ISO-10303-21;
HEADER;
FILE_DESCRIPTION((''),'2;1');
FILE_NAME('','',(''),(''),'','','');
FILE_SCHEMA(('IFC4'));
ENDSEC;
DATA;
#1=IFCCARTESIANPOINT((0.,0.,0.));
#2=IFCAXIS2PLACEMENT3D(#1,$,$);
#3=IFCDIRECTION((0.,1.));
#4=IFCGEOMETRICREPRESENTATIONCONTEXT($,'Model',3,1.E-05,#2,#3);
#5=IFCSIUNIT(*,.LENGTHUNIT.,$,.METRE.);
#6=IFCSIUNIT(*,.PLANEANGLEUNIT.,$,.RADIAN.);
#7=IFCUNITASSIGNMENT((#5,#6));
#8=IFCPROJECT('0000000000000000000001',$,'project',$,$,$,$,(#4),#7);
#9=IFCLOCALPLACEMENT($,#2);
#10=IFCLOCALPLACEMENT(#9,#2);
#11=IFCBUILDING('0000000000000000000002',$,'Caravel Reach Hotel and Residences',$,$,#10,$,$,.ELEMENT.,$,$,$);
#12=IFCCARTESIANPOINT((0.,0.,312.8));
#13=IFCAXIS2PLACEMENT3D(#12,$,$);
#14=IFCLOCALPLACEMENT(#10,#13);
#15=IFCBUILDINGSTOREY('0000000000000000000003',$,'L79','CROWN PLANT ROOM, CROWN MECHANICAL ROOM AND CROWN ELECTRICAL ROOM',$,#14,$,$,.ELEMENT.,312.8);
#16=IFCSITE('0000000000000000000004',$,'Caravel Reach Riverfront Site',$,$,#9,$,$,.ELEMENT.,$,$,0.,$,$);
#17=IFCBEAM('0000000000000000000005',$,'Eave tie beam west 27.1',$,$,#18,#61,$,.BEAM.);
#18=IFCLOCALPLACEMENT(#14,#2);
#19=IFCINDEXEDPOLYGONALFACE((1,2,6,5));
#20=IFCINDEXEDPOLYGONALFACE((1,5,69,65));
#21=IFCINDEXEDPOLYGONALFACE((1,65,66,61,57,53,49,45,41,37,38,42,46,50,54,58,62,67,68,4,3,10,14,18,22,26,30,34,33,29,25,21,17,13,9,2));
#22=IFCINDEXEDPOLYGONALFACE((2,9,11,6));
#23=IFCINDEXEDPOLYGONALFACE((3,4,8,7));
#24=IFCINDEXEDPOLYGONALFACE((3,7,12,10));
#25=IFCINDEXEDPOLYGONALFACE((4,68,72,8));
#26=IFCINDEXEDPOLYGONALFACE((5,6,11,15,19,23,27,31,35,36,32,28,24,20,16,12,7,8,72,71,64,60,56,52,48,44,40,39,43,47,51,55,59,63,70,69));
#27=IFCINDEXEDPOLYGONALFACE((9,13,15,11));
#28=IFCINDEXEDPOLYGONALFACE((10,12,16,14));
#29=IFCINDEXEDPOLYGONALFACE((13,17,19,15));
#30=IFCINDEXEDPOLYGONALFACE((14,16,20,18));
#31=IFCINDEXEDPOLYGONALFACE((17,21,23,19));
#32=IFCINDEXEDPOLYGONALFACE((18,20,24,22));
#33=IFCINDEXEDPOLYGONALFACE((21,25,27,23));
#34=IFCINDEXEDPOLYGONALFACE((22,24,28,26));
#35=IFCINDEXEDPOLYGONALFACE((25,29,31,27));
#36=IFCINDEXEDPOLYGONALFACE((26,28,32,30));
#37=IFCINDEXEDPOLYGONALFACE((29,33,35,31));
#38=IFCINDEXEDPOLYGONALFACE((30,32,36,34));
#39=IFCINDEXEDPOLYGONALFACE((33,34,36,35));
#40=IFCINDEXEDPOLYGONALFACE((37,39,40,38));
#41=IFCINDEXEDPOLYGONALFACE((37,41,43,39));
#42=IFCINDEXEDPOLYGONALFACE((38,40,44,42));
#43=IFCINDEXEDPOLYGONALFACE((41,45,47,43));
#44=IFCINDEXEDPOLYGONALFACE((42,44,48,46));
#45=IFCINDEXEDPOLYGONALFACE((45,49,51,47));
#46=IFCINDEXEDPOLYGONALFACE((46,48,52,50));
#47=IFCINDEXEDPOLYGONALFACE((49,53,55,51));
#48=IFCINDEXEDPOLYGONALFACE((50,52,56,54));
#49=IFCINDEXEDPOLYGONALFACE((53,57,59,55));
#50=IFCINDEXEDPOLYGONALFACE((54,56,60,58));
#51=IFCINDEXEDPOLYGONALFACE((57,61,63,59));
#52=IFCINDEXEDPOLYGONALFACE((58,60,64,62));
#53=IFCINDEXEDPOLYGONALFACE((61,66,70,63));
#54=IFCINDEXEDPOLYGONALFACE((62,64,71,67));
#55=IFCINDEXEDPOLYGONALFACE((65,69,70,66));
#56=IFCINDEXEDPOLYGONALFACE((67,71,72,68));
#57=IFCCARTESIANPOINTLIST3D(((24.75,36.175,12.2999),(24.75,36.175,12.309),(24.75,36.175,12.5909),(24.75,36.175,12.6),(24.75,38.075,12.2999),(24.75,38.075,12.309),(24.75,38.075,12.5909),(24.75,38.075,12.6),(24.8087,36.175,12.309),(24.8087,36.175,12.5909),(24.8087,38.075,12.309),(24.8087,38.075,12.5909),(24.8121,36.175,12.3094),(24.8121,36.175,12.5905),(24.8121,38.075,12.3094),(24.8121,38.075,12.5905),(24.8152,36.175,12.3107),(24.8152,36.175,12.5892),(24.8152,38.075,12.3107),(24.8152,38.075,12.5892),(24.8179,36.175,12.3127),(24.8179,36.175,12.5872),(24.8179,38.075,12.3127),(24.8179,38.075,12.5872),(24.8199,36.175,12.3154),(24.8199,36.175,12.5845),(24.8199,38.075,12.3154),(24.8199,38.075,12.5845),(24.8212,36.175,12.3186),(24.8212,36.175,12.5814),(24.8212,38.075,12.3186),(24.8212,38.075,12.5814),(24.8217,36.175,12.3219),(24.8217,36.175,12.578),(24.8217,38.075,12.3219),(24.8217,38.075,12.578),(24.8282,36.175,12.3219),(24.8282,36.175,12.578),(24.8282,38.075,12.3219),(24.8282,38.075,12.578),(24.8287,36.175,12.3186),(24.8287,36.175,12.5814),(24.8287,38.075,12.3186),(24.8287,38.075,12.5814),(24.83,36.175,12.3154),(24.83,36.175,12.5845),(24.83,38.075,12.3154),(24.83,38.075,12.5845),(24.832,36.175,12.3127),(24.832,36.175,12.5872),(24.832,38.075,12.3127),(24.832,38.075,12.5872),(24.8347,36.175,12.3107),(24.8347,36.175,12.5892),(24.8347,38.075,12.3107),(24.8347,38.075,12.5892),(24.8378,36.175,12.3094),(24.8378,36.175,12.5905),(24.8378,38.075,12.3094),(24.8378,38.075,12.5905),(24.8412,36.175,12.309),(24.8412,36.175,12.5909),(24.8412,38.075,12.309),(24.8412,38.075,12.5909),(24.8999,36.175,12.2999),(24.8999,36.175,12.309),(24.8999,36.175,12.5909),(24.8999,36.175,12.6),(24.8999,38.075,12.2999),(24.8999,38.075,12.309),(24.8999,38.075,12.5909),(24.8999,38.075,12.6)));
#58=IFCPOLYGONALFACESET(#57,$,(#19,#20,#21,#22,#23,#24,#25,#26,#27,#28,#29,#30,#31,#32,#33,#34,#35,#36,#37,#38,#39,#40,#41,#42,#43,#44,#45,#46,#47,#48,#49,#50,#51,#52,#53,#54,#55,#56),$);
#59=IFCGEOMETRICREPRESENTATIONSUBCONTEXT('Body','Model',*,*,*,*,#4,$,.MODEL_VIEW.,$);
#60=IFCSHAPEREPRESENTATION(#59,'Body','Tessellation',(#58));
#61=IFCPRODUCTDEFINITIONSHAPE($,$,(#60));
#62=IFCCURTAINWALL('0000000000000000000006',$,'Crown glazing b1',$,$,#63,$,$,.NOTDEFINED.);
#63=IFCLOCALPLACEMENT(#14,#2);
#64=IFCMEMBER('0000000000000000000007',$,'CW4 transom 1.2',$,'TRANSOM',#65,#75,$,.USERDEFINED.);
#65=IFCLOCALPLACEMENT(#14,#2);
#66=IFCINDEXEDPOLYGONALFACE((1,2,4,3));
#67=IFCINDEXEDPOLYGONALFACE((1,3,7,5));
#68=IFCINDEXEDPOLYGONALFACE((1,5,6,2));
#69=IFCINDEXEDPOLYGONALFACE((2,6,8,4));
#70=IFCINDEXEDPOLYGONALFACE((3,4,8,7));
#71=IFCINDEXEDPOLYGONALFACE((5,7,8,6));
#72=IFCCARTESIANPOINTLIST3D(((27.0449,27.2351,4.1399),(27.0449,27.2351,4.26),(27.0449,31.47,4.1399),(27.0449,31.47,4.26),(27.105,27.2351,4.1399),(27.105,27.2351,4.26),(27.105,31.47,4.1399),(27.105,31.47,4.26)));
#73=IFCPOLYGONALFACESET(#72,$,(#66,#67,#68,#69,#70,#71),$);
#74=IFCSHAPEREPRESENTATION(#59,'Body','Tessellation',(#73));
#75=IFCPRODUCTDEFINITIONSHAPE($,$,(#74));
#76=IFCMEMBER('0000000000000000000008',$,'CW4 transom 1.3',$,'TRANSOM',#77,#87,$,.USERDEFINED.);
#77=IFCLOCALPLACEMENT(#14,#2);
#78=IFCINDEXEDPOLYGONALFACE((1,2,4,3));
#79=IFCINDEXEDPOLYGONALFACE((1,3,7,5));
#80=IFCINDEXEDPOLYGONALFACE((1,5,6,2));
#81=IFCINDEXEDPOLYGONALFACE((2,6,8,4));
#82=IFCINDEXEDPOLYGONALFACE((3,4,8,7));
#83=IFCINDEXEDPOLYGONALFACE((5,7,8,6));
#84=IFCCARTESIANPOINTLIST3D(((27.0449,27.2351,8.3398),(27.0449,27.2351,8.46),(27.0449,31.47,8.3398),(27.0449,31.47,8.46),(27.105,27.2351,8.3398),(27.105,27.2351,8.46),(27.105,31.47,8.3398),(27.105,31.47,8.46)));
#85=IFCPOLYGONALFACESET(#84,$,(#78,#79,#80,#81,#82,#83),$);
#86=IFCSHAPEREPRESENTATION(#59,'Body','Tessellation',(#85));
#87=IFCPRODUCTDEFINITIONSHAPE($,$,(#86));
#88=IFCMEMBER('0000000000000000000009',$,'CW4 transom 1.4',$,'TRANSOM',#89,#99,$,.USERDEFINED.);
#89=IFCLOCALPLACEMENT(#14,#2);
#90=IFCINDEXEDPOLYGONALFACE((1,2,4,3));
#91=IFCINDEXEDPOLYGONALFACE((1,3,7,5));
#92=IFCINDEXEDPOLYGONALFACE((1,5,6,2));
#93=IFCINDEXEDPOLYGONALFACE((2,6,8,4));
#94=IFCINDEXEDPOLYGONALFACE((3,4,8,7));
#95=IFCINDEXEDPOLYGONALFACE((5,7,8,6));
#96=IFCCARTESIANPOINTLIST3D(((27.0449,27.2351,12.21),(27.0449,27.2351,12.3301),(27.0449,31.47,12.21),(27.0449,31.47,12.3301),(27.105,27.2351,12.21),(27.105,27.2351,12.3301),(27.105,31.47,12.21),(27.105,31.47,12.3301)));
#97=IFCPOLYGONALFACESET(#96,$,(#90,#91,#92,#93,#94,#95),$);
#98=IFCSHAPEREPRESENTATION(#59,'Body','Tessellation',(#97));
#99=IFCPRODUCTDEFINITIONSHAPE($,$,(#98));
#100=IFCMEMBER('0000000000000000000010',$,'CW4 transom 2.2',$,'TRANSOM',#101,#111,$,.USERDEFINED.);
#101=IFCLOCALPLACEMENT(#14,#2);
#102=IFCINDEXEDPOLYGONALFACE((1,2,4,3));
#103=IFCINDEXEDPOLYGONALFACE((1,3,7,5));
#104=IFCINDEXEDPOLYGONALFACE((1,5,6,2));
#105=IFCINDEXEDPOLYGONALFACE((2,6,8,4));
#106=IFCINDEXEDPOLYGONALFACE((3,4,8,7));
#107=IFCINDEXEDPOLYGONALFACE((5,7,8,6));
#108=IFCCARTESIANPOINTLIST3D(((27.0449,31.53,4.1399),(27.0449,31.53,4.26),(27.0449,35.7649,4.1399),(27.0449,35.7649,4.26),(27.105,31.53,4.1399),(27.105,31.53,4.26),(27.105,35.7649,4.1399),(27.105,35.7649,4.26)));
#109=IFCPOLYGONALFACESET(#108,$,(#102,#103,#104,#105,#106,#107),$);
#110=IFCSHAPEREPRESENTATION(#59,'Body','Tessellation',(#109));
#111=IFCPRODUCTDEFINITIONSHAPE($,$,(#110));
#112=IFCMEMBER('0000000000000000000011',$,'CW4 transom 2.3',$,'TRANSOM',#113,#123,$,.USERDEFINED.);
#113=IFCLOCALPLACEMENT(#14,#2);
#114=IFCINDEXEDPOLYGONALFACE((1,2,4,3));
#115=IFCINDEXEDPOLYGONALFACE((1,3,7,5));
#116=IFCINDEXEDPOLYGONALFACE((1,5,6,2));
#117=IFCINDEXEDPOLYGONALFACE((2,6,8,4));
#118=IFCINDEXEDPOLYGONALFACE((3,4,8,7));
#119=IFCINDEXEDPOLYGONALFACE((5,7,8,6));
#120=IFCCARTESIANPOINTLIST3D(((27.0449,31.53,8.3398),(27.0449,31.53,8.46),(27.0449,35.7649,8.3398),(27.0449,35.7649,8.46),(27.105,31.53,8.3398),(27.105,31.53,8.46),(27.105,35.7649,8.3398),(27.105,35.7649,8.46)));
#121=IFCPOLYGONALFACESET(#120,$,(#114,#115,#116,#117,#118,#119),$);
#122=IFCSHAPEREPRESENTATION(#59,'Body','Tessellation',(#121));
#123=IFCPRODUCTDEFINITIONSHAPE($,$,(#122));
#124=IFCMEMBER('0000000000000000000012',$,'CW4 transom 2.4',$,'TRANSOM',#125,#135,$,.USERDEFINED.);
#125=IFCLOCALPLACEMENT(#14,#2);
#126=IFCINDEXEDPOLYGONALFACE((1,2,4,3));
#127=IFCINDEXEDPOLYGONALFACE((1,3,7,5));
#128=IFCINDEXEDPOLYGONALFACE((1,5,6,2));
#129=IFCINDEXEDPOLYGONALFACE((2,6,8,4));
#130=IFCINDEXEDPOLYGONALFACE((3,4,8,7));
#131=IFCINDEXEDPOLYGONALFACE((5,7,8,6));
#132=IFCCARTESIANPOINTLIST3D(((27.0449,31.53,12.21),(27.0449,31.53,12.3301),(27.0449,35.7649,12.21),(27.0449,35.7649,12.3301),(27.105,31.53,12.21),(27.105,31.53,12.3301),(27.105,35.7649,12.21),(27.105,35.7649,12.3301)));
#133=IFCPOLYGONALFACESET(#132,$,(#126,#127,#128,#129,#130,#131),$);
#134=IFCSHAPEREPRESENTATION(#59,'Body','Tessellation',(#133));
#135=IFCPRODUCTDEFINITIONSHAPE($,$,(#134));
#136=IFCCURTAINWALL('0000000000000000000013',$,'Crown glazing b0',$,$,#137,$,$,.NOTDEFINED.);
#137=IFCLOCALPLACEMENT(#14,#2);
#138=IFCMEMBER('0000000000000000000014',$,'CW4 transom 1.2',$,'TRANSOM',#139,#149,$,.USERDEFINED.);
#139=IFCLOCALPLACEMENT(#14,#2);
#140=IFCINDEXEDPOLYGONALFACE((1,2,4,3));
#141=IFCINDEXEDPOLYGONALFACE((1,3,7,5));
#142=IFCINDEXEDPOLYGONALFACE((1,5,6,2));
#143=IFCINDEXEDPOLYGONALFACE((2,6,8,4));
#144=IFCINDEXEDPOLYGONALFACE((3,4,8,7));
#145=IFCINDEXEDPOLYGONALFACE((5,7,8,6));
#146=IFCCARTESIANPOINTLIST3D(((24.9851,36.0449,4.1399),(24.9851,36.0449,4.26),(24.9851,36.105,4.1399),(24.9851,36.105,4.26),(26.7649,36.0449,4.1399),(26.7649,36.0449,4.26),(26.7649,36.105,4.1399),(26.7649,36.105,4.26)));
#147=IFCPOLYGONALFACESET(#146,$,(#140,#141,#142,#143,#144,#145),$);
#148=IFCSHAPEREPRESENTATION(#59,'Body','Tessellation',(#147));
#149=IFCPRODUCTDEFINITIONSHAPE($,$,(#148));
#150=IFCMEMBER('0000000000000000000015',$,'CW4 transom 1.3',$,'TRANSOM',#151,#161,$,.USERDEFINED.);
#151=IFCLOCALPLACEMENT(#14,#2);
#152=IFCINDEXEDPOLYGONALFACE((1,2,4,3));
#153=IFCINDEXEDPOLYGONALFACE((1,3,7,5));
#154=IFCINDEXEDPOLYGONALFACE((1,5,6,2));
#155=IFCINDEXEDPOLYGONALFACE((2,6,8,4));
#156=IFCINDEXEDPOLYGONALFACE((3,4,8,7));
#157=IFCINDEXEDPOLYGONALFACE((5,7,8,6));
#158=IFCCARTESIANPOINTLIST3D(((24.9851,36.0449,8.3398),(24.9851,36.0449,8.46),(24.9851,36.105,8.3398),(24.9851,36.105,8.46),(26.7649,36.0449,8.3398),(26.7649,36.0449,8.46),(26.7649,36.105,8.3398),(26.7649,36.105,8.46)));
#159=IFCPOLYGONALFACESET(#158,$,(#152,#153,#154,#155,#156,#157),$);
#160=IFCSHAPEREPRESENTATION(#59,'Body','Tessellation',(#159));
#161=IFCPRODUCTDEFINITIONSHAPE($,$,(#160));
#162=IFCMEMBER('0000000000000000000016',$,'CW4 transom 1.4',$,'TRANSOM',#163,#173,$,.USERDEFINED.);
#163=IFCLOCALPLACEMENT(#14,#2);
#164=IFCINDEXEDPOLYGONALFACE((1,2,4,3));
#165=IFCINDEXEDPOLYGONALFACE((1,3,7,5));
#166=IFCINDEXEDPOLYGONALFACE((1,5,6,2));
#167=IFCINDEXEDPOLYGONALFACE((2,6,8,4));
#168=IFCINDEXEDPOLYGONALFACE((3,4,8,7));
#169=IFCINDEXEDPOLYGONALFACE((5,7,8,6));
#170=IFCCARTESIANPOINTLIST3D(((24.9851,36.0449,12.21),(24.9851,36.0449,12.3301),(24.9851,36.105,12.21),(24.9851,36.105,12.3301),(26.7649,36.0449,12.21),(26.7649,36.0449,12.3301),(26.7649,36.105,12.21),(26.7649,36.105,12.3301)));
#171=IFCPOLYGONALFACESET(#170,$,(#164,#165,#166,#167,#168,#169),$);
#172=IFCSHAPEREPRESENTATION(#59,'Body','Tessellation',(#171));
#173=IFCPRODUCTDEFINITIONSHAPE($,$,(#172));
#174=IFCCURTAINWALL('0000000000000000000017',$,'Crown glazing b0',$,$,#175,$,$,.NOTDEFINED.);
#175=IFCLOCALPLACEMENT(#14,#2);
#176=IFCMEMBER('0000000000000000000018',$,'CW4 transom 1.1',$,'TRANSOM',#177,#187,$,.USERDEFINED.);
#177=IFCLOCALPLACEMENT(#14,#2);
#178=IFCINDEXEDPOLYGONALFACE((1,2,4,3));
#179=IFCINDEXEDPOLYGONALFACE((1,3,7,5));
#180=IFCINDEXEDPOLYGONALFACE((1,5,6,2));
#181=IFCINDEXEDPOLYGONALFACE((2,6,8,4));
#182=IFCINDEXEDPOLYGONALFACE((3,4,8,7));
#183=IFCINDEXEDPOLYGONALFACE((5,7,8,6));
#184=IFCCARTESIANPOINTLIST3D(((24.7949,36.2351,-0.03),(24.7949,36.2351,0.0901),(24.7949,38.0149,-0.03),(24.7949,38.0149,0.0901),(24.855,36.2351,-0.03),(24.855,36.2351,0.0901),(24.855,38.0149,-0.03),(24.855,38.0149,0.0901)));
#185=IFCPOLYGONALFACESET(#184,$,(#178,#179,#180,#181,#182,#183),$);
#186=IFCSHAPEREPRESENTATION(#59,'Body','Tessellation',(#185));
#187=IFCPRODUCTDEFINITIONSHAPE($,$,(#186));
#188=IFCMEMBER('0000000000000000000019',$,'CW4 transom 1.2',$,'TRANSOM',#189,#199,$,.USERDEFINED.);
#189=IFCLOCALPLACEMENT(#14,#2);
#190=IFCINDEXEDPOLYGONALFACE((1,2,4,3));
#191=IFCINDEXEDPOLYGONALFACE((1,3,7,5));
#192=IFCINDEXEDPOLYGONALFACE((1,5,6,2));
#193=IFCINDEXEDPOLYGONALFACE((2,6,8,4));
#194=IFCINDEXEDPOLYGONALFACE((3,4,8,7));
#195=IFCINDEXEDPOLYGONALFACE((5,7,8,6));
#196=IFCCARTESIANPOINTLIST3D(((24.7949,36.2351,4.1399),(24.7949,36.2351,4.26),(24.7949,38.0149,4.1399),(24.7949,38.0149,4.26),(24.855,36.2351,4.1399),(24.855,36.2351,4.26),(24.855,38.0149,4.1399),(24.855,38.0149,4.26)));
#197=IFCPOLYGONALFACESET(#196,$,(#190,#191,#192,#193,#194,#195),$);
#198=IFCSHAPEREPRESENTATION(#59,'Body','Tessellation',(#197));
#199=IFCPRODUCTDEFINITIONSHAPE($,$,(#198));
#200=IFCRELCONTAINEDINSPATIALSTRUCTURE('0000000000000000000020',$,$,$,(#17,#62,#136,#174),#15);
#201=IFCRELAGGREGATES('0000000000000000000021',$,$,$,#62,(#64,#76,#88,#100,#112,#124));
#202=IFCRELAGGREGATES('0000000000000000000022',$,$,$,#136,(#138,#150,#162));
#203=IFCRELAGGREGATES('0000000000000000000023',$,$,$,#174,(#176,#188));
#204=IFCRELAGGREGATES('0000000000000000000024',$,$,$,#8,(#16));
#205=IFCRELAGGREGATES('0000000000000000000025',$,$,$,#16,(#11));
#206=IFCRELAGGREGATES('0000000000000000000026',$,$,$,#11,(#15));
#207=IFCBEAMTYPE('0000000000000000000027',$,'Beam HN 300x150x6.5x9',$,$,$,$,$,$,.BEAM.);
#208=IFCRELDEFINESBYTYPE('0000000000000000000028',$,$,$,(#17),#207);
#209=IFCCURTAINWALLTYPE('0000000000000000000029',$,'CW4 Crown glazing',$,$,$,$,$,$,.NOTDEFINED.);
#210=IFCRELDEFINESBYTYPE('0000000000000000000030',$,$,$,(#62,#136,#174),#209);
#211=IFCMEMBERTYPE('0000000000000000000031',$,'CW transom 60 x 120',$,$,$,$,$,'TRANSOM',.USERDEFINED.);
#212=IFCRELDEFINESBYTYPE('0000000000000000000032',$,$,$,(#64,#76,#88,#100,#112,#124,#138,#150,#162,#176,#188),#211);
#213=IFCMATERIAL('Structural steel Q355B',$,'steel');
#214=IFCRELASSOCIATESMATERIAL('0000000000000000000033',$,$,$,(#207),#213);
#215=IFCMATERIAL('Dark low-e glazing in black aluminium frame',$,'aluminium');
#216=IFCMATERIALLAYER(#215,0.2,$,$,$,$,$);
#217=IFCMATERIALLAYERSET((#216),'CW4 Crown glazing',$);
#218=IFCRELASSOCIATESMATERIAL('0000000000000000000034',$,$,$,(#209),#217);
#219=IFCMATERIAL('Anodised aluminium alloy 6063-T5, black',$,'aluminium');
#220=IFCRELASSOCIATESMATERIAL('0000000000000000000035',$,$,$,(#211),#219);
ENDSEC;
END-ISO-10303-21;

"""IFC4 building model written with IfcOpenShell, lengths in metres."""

from ifc_helpers import new_model, si_unit, direction, frame, origin, origin_2d, place, context, subcontext, project, spatial, rectangle, i_section, extrude, material, layer, layer_set, material_profile, profile_set, type_object, element, aggregate, save


model = new_model("IFC4")

# Units and contexts
model_context = context("Model", 3, precision=1e-05, world=origin(), true_north=direction((0.0, 1.0)))
body_context = subcontext(model_context, "Body", "Model", "MODEL_VIEW")
ifc_project = project(units=[si_unit("LENGTHUNIT", "METRE"), si_unit("PLANEANGLEUNIT", "RADIAN")], contexts=[model_context])

# Site, building, storey
site_placement = place(None, origin())
site = spatial("IfcSite", under=ifc_project, at=site_placement, Name="Caravel Reach Riverfront Site", CompositionType="ELEMENT", RefElevation=0.0)
building_placement = place(site_placement, origin())
building = spatial("IfcBuilding", under=site, at=building_placement, Name="Caravel Reach Hotel and Residences", CompositionType="ELEMENT")
storey_placement = place(building_placement, frame((0.0, 0.0, 312.8)))
storey = spatial("IfcBuildingStorey", under=building, at=storey_placement, Name="L79", Description="CROWN PLANT ROOM, CROWN MECHANICAL ROOM AND CROWN ELECTRICAL ROOM", CompositionType="ELEMENT", Elevation=312.8)

# Beam
ifc_material_1 = material(Name="Structural steel Q355B", Category="steel")
ifc_material_profile_1 = material_profile(ifc_material_1, i_section(OverallWidth=0.1499, OverallDepth=0.3, WebThickness=0.0066, FlangeThickness=0.009, FilletRadius=0.0129, at=origin_2d()), Name="HN 300x150x6.5x9")
ifc_profile_set_1 = profile_set([ifc_material_profile_1], Name="Structural steel Q355B")
beam_type = type_object("IfcBeamType", Name="Beam HN 300x150x6.5x9", PredefinedType="BEAM", material=ifc_profile_set_1)
beam_placement = place(storey_placement, frame((24.825, 36.175, 12.45), z_axis=(0.0, 1.0, 0.0), x_axis=(-1.0, 0.0, 0.0)))
element("IfcBeam", 1, at=beam_placement, inside=storey, type_object=beam_type, Name="Eave tie beam west 27.1", PredefinedType="BEAM", context=body_context, shape_type="SweptSolid", body=[
    extrude(i_section(OverallWidth=0.1499, OverallDepth=0.3, WebThickness=0.0066, FlangeThickness=0.009, FilletRadius=0.0129, at=origin_2d()), origin(), (0.0, 0.0, 1.0), 1.8999),
])

# Curtain walls, members
ifc_material_2 = material(Name="Dark low-e glazing in black aluminium frame", Category="aluminium")
ifc_layer_1 = layer(ifc_material_2, 0.2)
ifc_layer_set_1 = layer_set([ifc_layer_1], Name="CW4 Crown glazing")
curtain_wall_type = type_object("IfcCurtainWallType", Name="CW4 Crown glazing", PredefinedType="NOTDEFINED", material=ifc_layer_set_1)
curtain_wall_1_placement = place(storey_placement, origin())
curtain_wall_1 = element("IfcCurtainWall", 2, at=curtain_wall_1_placement, inside=storey, type_object=curtain_wall_type, Name="Crown glazing b1", PredefinedType="NOTDEFINED")
ifc_material_3 = material(Name="Anodised aluminium alloy 6063-T5, black", Category="aluminium")
ifc_material_profile_2 = material_profile(ifc_material_3, rectangle(XDim=0.0601, YDim=0.1201, at=origin_2d()), Name="CW transom 60 x 120")
ifc_profile_set_2 = profile_set([ifc_material_profile_2], Name="Anodised aluminium alloy 6063-T5, black")
member_type = type_object("IfcMemberType", Name="CW transom 60 x 120", ElementType="TRANSOM", PredefinedType="USERDEFINED", material=ifc_profile_set_2)
member_1_placement = place(storey_placement, frame((27.075, 27.2351, 4.2), z_axis=(0.0, 1.0, 0.0), x_axis=(-1.0, 0.0, 0.0)))
member_1 = element("IfcMember", 3, at=member_1_placement, type_object=member_type, Name="CW4 transom 1.2", ObjectType="TRANSOM", PredefinedType="USERDEFINED", context=body_context, shape_type="SweptSolid", body=[
    extrude(rectangle(XDim=0.0601, YDim=0.1201, at=origin_2d()), origin(), (0.0, 0.0, 1.0), 4.2349),
])
member_2_placement = place(storey_placement, frame((27.075, 27.2351, 8.3999), z_axis=(0.0, 1.0, 0.0), x_axis=(-1.0, 0.0, 0.0)))
member_2 = element("IfcMember", 4, at=member_2_placement, type_object=member_type, Name="CW4 transom 1.3", ObjectType="TRANSOM", PredefinedType="USERDEFINED", context=body_context, shape_type="SweptSolid", body=[
    extrude(rectangle(XDim=0.0601, YDim=0.1201, at=origin_2d()), origin(), (0.0, 0.0, 1.0), 4.2349),
])
member_3_placement = place(storey_placement, frame((27.075, 27.2351, 12.27), z_axis=(0.0, 1.0, 0.0), x_axis=(-1.0, 0.0, 0.0)))
member_3 = element("IfcMember", 5, at=member_3_placement, type_object=member_type, Name="CW4 transom 1.4", ObjectType="TRANSOM", PredefinedType="USERDEFINED", context=body_context, shape_type="SweptSolid", body=[
    extrude(rectangle(XDim=0.0601, YDim=0.1201, at=origin_2d()), origin(), (0.0, 0.0, 1.0), 4.2349),
])
member_4_placement = place(storey_placement, frame((27.075, 31.53, 4.2), z_axis=(0.0, 1.0, 0.0), x_axis=(-1.0, 0.0, 0.0)))
member_4 = element("IfcMember", 6, at=member_4_placement, type_object=member_type, Name="CW4 transom 2.2", ObjectType="TRANSOM", PredefinedType="USERDEFINED", context=body_context, shape_type="SweptSolid", body=[
    extrude(rectangle(XDim=0.0601, YDim=0.1201, at=origin_2d()), origin(), (0.0, 0.0, 1.0), 4.2349),
])
member_5_placement = place(storey_placement, frame((27.075, 31.53, 8.3999), z_axis=(0.0, 1.0, 0.0), x_axis=(-1.0, 0.0, 0.0)))
member_5 = element("IfcMember", 7, at=member_5_placement, type_object=member_type, Name="CW4 transom 2.3", ObjectType="TRANSOM", PredefinedType="USERDEFINED", context=body_context, shape_type="SweptSolid", body=[
    extrude(rectangle(XDim=0.0601, YDim=0.1201, at=origin_2d()), origin(), (0.0, 0.0, 1.0), 4.2349),
])
member_6_placement = place(storey_placement, frame((27.075, 31.53, 12.27), z_axis=(0.0, 1.0, 0.0), x_axis=(-1.0, 0.0, 0.0)))
member_6 = element("IfcMember", 8, at=member_6_placement, type_object=member_type, Name="CW4 transom 2.4", ObjectType="TRANSOM", PredefinedType="USERDEFINED", context=body_context, shape_type="SweptSolid", body=[
    extrude(rectangle(XDim=0.0601, YDim=0.1201, at=origin_2d()), origin(), (0.0, 0.0, 1.0), 4.2349),
])
curtain_wall_2_placement = place(storey_placement, origin())
curtain_wall_2 = element("IfcCurtainWall", 9, at=curtain_wall_2_placement, inside=storey, type_object=curtain_wall_type, Name="Crown glazing b0", PredefinedType="NOTDEFINED")
member_7_placement = place(storey_placement, frame((26.7649, 36.075, 4.2), z_axis=(-1.0, 0.0, 0.0), x_axis=(0.0, -1.0, 0.0)))
member_7 = element("IfcMember", 10, at=member_7_placement, type_object=member_type, Name="CW4 transom 1.2", ObjectType="TRANSOM", PredefinedType="USERDEFINED", context=body_context, shape_type="SweptSolid", body=[
    extrude(rectangle(XDim=0.0601, YDim=0.1201, at=origin_2d()), origin(), (0.0, 0.0, 1.0), 1.7798),
])
member_8_placement = place(storey_placement, frame((26.7649, 36.075, 8.3999), z_axis=(-1.0, 0.0, 0.0), x_axis=(0.0, -1.0, 0.0)))
member_8 = element("IfcMember", 11, at=member_8_placement, type_object=member_type, Name="CW4 transom 1.3", ObjectType="TRANSOM", PredefinedType="USERDEFINED", context=body_context, shape_type="SweptSolid", body=[
    extrude(rectangle(XDim=0.0601, YDim=0.1201, at=origin_2d()), origin(), (0.0, 0.0, 1.0), 1.7798),
])
member_9_placement = place(storey_placement, frame((26.7649, 36.075, 12.27), z_axis=(-1.0, 0.0, 0.0), x_axis=(0.0, -1.0, 0.0)))
member_9 = element("IfcMember", 12, at=member_9_placement, type_object=member_type, Name="CW4 transom 1.4", ObjectType="TRANSOM", PredefinedType="USERDEFINED", context=body_context, shape_type="SweptSolid", body=[
    extrude(rectangle(XDim=0.0601, YDim=0.1201, at=origin_2d()), origin(), (0.0, 0.0, 1.0), 1.7798),
])
curtain_wall_3_placement = place(storey_placement, origin())
curtain_wall_3 = element("IfcCurtainWall", 13, at=curtain_wall_3_placement, inside=storey, type_object=curtain_wall_type, Name="Crown glazing b0", PredefinedType="NOTDEFINED")
member_10_placement = place(storey_placement, frame((24.825, 36.2351, 0.03), z_axis=(0.0, 1.0, 0.0), x_axis=(-1.0, 0.0, 0.0)))
member_10 = element("IfcMember", 14, at=member_10_placement, type_object=member_type, Name="CW4 transom 1.1", ObjectType="TRANSOM", PredefinedType="USERDEFINED", context=body_context, shape_type="SweptSolid", body=[
    extrude(rectangle(XDim=0.0601, YDim=0.1201, at=origin_2d()), origin(), (0.0, 0.0, 1.0), 1.7798),
])
member_11_placement = place(storey_placement, frame((24.825, 36.2351, 4.2), z_axis=(0.0, 1.0, 0.0), x_axis=(-1.0, 0.0, 0.0)))
member_11 = element("IfcMember", 15, at=member_11_placement, type_object=member_type, Name="CW4 transom 1.2", ObjectType="TRANSOM", PredefinedType="USERDEFINED", context=body_context, shape_type="SweptSolid", body=[
    extrude(rectangle(XDim=0.0601, YDim=0.1201, at=origin_2d()), origin(), (0.0, 0.0, 1.0), 1.7798),
])

aggregate(curtain_wall_1, [member_1, member_2, member_3, member_4, member_5, member_6])
aggregate(curtain_wall_2, [member_7, member_8, member_9])
aggregate(curtain_wall_3, [member_10, member_11])

save(model, "model.ifc")
